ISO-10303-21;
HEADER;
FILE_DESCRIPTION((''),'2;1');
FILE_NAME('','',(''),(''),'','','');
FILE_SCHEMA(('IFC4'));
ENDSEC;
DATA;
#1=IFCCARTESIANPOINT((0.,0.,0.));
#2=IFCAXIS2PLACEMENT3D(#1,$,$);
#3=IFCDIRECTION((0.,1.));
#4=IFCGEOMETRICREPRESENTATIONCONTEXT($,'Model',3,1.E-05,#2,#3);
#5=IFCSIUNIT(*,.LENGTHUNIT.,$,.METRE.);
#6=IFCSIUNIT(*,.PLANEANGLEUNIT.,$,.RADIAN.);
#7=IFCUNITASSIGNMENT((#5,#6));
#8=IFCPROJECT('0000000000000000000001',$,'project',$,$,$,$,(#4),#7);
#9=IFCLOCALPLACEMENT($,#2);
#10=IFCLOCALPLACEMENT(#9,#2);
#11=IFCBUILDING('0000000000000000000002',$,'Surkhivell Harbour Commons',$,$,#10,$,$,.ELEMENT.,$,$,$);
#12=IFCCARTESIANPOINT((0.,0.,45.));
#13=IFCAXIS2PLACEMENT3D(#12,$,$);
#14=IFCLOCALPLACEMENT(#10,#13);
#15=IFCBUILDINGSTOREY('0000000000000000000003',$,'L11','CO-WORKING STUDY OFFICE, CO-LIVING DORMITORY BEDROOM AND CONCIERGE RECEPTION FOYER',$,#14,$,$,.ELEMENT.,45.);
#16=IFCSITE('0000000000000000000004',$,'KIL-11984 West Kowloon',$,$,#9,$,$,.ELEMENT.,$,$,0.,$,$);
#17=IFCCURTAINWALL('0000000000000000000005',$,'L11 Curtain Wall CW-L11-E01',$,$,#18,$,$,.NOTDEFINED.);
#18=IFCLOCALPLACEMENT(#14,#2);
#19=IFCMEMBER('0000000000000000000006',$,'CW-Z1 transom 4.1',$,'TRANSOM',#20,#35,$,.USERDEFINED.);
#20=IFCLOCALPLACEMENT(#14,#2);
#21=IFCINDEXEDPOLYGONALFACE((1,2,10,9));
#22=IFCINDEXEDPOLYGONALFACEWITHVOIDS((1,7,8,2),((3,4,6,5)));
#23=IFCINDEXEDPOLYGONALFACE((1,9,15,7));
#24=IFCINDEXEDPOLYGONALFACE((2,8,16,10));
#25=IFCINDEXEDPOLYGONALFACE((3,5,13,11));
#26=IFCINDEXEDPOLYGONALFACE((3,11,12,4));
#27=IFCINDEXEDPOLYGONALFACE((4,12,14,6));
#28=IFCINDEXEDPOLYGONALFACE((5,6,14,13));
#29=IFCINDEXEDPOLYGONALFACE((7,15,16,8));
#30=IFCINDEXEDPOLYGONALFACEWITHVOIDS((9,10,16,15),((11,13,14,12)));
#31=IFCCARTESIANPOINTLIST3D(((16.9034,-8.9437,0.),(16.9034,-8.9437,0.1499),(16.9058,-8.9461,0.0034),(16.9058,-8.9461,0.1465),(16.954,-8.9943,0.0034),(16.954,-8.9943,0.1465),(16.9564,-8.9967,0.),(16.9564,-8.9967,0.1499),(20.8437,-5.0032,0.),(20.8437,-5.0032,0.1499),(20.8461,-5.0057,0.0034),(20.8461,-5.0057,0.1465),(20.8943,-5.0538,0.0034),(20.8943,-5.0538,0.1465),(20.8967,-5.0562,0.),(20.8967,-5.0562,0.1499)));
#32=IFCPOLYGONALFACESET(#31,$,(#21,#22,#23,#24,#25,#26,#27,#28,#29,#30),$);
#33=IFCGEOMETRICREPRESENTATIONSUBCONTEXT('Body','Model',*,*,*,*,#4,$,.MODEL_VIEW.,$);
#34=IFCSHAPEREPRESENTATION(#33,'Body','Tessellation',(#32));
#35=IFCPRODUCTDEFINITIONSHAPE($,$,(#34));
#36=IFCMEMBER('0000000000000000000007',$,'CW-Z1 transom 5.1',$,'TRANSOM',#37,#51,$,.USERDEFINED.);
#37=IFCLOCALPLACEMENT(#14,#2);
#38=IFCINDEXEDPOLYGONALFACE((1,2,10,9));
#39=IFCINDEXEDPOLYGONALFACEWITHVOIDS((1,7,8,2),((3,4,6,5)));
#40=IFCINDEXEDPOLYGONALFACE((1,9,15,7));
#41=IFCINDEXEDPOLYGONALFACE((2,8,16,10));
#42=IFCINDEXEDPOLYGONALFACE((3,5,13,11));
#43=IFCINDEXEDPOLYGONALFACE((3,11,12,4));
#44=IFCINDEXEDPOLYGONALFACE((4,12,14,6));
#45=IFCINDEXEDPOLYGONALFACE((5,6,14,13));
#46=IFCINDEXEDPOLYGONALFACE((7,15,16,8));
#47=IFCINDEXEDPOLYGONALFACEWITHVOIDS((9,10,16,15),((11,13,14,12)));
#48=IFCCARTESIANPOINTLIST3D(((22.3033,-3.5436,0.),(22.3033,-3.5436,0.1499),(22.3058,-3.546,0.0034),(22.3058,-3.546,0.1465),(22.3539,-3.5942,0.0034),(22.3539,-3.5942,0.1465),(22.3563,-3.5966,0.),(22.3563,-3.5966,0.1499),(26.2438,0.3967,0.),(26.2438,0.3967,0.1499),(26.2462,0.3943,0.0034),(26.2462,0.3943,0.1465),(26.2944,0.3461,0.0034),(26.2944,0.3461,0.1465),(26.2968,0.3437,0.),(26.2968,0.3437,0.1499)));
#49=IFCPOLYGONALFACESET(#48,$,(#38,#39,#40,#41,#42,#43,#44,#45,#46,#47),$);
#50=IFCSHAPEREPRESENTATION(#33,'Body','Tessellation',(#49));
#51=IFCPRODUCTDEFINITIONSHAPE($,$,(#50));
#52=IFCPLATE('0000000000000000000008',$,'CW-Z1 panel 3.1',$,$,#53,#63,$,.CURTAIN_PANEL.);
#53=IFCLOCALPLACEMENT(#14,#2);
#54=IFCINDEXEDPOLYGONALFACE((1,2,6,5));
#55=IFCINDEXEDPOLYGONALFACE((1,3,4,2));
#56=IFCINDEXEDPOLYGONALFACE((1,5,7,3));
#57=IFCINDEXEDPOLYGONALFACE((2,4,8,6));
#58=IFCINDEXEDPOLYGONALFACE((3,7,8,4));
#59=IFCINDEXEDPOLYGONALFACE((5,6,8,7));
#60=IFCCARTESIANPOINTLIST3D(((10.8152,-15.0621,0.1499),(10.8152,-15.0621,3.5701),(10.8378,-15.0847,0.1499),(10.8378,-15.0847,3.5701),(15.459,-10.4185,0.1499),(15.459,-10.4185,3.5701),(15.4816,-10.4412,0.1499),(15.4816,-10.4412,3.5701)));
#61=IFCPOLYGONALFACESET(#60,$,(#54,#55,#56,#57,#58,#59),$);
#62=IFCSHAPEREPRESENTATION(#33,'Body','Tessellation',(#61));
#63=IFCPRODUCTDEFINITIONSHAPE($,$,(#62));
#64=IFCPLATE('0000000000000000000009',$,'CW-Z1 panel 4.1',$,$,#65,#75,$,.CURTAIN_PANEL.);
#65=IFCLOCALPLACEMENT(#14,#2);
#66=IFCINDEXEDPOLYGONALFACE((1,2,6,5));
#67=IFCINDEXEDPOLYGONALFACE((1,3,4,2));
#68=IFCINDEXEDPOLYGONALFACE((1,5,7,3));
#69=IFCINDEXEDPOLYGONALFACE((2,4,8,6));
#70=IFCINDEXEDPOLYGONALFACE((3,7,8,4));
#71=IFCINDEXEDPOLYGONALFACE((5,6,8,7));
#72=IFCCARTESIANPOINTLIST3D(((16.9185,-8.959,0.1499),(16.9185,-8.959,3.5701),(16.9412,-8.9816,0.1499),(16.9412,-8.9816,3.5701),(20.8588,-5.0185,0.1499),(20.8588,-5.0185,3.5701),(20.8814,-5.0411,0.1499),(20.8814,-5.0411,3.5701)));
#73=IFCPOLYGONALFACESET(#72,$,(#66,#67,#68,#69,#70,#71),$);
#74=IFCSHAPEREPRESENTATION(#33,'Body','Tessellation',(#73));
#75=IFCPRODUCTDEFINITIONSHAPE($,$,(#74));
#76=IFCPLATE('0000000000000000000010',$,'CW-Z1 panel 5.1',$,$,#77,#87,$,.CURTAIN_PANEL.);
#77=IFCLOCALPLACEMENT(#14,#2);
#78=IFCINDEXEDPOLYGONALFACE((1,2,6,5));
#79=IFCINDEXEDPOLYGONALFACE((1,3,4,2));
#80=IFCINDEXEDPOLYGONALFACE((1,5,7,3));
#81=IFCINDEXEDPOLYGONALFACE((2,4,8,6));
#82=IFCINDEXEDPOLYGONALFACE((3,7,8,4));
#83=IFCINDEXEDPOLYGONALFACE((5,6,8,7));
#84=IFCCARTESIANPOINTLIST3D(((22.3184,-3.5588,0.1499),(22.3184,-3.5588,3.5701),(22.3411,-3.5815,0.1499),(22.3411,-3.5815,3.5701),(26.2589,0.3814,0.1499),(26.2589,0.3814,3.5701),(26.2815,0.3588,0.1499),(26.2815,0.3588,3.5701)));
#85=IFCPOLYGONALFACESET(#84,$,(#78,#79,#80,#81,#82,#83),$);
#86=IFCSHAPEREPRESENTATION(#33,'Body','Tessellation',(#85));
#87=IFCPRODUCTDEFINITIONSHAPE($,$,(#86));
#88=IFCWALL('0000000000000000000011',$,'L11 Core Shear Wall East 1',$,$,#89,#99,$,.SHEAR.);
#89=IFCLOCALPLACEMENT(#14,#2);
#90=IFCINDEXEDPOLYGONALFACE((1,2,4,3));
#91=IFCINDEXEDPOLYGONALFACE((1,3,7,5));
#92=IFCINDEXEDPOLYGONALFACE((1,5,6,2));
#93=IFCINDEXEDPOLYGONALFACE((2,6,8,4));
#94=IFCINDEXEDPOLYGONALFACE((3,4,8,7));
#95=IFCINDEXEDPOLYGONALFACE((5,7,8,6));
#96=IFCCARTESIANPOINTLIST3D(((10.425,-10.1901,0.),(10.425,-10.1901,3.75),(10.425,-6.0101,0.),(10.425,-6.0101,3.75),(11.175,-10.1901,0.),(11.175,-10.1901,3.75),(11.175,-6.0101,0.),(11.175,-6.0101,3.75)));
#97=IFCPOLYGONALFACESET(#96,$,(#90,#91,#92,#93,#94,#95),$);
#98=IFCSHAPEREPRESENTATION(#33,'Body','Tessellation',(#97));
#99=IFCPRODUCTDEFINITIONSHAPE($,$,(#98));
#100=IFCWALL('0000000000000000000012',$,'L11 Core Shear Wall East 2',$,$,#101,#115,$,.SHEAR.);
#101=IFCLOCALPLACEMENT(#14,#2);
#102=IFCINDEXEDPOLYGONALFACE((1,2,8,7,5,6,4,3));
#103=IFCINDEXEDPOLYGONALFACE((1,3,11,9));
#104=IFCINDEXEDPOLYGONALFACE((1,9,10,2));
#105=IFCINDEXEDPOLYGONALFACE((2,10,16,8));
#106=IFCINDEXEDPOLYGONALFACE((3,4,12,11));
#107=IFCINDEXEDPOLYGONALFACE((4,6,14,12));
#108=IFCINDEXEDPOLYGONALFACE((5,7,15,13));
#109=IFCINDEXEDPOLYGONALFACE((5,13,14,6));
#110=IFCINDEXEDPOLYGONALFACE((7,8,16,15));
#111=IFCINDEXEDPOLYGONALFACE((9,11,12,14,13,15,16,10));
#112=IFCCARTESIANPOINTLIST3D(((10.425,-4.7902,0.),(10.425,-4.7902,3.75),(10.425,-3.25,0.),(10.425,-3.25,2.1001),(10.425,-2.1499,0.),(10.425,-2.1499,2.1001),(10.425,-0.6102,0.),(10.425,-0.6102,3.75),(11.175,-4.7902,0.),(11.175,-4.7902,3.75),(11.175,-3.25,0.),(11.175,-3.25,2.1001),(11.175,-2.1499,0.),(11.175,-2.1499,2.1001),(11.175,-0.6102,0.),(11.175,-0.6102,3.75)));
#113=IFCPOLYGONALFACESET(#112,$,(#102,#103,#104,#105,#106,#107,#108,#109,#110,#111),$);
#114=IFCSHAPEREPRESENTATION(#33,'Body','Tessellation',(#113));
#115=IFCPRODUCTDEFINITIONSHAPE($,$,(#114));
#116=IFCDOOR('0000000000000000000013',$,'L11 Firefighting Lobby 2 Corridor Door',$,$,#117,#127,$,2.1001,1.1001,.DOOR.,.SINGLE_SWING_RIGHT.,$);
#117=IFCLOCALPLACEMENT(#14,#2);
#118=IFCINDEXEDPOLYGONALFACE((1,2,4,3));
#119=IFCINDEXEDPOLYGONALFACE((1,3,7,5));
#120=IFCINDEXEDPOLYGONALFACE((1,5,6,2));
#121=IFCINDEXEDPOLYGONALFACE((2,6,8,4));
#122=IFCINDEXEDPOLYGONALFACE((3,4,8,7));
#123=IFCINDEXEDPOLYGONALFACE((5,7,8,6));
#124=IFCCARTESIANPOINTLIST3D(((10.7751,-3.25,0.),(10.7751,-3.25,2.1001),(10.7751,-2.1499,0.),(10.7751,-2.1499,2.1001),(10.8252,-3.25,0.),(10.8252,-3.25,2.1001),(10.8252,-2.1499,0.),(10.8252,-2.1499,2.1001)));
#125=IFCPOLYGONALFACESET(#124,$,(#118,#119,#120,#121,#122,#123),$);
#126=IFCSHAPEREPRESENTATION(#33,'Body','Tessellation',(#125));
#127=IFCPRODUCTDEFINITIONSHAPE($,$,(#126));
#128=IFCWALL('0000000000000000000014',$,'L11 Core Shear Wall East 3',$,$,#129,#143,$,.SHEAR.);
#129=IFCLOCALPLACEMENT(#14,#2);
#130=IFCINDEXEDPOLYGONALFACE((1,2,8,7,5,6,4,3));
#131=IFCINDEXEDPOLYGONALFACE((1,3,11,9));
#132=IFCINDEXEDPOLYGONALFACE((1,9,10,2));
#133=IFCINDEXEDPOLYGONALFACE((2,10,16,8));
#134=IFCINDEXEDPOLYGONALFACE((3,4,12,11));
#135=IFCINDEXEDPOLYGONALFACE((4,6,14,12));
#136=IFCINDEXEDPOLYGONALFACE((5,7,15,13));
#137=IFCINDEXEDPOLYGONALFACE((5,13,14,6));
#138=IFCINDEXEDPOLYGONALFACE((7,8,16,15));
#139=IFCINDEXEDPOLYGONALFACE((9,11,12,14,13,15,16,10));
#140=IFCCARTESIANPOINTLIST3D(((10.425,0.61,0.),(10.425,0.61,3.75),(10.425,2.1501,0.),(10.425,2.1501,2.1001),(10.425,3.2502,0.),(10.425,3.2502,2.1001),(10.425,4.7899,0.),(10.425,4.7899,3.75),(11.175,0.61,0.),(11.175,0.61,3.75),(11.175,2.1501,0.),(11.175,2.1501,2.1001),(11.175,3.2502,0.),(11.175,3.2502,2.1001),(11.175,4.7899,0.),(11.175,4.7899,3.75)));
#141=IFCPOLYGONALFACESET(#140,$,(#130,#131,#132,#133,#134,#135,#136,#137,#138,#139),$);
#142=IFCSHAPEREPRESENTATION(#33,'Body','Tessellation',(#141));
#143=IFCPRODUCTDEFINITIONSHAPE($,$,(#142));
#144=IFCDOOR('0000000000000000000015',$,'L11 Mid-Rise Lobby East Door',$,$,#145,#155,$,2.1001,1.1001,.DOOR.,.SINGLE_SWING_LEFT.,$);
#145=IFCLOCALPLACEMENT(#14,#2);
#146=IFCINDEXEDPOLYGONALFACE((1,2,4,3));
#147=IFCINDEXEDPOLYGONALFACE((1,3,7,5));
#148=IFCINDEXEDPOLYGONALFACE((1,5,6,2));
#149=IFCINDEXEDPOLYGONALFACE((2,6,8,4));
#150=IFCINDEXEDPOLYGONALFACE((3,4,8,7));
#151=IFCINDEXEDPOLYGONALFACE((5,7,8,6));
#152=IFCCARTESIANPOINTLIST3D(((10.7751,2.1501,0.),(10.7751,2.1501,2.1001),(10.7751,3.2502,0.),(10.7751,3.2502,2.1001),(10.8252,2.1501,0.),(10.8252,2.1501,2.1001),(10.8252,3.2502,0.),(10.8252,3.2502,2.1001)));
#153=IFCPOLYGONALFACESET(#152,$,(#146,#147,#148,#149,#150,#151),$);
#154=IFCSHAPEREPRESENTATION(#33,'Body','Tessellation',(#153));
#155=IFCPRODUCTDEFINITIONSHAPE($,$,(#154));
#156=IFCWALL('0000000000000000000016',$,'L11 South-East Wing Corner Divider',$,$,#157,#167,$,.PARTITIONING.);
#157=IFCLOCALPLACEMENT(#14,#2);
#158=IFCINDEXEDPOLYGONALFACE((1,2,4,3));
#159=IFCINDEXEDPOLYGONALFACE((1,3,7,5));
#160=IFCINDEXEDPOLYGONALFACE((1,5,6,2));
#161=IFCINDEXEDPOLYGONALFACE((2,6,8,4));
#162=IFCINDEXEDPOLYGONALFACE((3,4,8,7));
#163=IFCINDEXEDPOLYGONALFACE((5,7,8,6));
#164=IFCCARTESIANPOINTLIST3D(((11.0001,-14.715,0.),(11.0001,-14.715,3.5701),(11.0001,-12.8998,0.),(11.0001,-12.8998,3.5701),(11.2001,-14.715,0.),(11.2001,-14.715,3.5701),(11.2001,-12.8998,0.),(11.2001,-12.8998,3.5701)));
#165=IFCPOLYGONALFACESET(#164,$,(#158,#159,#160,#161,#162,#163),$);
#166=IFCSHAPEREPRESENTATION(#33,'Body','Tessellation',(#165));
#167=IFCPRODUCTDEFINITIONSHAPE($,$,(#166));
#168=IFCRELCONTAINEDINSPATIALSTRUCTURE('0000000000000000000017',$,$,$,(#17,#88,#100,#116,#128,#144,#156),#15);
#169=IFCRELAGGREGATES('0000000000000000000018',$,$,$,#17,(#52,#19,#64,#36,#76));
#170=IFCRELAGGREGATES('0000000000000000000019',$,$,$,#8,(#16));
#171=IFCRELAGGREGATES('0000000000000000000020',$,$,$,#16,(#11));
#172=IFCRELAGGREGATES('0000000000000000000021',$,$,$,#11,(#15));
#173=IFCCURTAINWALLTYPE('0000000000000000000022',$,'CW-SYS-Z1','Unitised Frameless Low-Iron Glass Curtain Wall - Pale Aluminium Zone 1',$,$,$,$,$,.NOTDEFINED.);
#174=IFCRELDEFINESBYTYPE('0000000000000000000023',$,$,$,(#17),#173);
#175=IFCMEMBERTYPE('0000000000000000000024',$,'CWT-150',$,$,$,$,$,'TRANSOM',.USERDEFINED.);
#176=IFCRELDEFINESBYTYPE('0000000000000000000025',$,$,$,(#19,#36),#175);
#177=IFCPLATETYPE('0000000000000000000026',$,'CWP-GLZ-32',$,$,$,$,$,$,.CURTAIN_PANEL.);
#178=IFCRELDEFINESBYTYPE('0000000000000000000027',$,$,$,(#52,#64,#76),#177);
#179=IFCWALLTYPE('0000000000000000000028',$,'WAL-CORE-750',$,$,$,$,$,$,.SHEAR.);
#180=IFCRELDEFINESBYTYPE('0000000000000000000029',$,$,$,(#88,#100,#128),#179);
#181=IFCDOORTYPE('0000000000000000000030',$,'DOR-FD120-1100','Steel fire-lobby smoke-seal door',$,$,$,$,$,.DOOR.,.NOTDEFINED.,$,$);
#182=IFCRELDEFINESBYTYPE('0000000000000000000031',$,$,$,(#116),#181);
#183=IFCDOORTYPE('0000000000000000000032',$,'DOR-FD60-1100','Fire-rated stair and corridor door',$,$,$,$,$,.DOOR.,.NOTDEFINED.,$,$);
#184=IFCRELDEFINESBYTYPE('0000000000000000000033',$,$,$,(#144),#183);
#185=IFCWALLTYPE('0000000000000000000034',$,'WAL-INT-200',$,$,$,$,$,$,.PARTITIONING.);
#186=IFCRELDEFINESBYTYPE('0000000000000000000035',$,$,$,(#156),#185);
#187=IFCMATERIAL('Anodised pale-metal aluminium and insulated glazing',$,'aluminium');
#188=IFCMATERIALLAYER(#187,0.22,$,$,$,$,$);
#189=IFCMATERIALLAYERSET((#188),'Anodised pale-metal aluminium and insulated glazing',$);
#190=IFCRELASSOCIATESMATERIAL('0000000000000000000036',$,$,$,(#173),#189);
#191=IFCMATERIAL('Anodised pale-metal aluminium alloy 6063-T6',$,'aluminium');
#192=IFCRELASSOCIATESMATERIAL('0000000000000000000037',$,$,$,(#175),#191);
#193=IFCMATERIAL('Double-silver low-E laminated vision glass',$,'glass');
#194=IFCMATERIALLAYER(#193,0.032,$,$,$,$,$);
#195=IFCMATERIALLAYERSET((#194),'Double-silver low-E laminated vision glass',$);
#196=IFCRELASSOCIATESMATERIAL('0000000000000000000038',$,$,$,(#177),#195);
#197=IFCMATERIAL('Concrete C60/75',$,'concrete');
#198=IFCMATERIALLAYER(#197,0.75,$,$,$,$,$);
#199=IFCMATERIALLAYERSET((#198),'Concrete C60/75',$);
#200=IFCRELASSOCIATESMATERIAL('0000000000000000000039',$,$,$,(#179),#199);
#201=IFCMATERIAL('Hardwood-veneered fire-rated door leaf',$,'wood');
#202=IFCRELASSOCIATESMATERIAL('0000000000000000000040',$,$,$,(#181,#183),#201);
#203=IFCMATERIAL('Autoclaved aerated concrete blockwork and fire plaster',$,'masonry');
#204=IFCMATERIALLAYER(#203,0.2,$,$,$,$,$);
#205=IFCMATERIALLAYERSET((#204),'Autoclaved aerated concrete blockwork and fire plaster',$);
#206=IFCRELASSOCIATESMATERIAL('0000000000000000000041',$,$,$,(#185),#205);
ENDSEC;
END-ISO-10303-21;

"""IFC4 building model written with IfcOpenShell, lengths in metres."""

from ifc_helpers import new_model, si_unit, direction, frame, frame_2d, origin, origin_2d, place, context, subcontext, project, spatial, rectangle, hollow_rectangle, extrude, material, layer, layer_set, material_profile, profile_set, type_object, element, fill, aggregate, save


model = new_model("IFC4")

# Units and contexts
model_context = context("Model", 3, precision=1e-05, world=origin(), true_north=direction((0.0, 1.0)))
body_context = subcontext(model_context, "Body", "Model", "MODEL_VIEW")
ifc_project = project(units=[si_unit("LENGTHUNIT", "METRE"), si_unit("PLANEANGLEUNIT", "RADIAN")], contexts=[model_context])

# Site, building, storey
site_placement = place(None, origin())
site = spatial("IfcSite", under=ifc_project, at=site_placement, Name="KIL-11984 West Kowloon", CompositionType="ELEMENT", RefElevation=0.0)
building_placement = place(site_placement, origin())
building = spatial("IfcBuilding", under=site, at=building_placement, Name="Surkhivell Harbour Commons", CompositionType="ELEMENT")
storey_placement = place(building_placement, frame((0.0, 0.0, 45.0)))
storey = spatial("IfcBuildingStorey", under=building, at=storey_placement, Name="L11", Description="CO-WORKING STUDY OFFICE, CO-LIVING DORMITORY BEDROOM AND CONCIERGE RECEPTION FOYER", CompositionType="ELEMENT", Elevation=45.0)

# Curtain wall, members, plates
ifc_material_1 = material(Name="Anodised pale-metal aluminium and insulated glazing", Category="aluminium")
ifc_layer_1 = layer(ifc_material_1, 0.22)
ifc_layer_set_1 = layer_set([ifc_layer_1], Name="Anodised pale-metal aluminium and insulated glazing")
curtain_wall_type = type_object("IfcCurtainWallType", Name="CW-SYS-Z1", Description="Unitised Frameless Low-Iron Glass Curtain Wall - Pale Aluminium Zone 1", PredefinedType="NOTDEFINED", material=ifc_layer_set_1)
curtain_wall_placement = place(storey_placement, origin())
curtain_wall = element("IfcCurtainWall", 1, at=curtain_wall_placement, inside=storey, type_object=curtain_wall_type, Name="L11 Curtain Wall CW-L11-E01", PredefinedType="NOTDEFINED")
ifc_material_2 = material(Name="Anodised pale-metal aluminium alloy 6063-T6", Category="aluminium")
ifc_material_profile_1 = material_profile(ifc_material_2, hollow_rectangle(XDim=0.075, YDim=0.1499, WallThickness=0.0034, at=origin_2d()), Name="ALU-TRAN-75x150")
ifc_profile_set_1 = profile_set([ifc_material_profile_1], Name="Anodised pale-metal aluminium alloy 6063-T6")
member_type_1 = type_object("IfcMemberType", Name="CWT-150", ElementType="TRANSOM", PredefinedType="USERDEFINED", material=ifc_profile_set_1)
member_1_placement = place(storey_placement, frame((16.9299, -8.9702, 0.075), z_axis=(0.707085, 0.707129, 0.0), x_axis=(-0.707129, 0.707085, 0.0)))
member_1 = element("IfcMember", 2, at=member_1_placement, type_object=member_type_1, Name="CW-Z1 transom 4.1", ObjectType="TRANSOM", PredefinedType="USERDEFINED", context=body_context, shape_type="SweptSolid", body=[
    extrude(hollow_rectangle(XDim=0.075, YDim=0.1499, WallThickness=0.0034, at=origin_2d()), origin(), (0.0, 0.0, 1.0), 5.5725),
])
member_2_placement = place(storey_placement, frame((22.3298, -3.5701, 0.075), z_axis=(0.707129, 0.707085, 0.0), x_axis=(-0.707085, 0.707129, 0.0)))
member_2 = element("IfcMember", 3, at=member_2_placement, type_object=member_type_1, Name="CW-Z1 transom 5.1", ObjectType="TRANSOM", PredefinedType="USERDEFINED", context=body_context, shape_type="SweptSolid", body=[
    extrude(hollow_rectangle(XDim=0.075, YDim=0.1499, WallThickness=0.0034, at=origin_2d()), origin(), (0.0, 0.0, 1.0), 5.5725),
])
ifc_material_3 = material(Name="Double-silver low-E laminated vision glass", Category="glass")
ifc_layer_2 = layer(ifc_material_3, 0.032)
ifc_layer_set_2 = layer_set([ifc_layer_2], Name="Double-silver low-E laminated vision glass")
plate_type = type_object("IfcPlateType", Name="CWP-GLZ-32", PredefinedType="CURTAIN_PANEL", material=ifc_layer_set_2)
plate_1_placement = place(storey_placement, frame((10.8264, -15.0735, 0.1499), z_axis=(0.0, 0.0, 1.0), x_axis=(0.707125, 0.707088, 0.0)))
plate_1 = element("IfcPlate", 4, at=plate_1_placement, type_object=plate_type, Name="CW-Z1 panel 3.1", PredefinedType="CURTAIN_PANEL", context=body_context, shape_type="SweptSolid", body=[
    extrude(rectangle(XDim=6.5671, YDim=0.032, at=frame_2d((3.2837, 0.0))), origin(), (0.0, 0.0, 1.0), 3.4202),
])
plate_2_placement = place(storey_placement, frame((16.9299, -8.9702, 0.1499), z_axis=(0.0, 0.0, 1.0), x_axis=(0.707085, 0.707129, 0.0)))
plate_2 = element("IfcPlate", 5, at=plate_2_placement, type_object=plate_type, Name="CW-Z1 panel 4.1", PredefinedType="CURTAIN_PANEL", context=body_context, shape_type="SweptSolid", body=[
    extrude(rectangle(XDim=5.5725, YDim=0.032, at=frame_2d((2.7861, 0.0))), origin(), (0.0, 0.0, 1.0), 3.4202),
])
plate_3_placement = place(storey_placement, frame((22.3298, -3.5701, 0.1499), z_axis=(0.0, 0.0, 1.0), x_axis=(0.707129, 0.707085, 0.0)))
plate_3 = element("IfcPlate", 6, at=plate_3_placement, type_object=plate_type, Name="CW-Z1 panel 5.1", PredefinedType="CURTAIN_PANEL", context=body_context, shape_type="SweptSolid", body=[
    extrude(rectangle(XDim=5.5725, YDim=0.032, at=frame_2d((2.7861, 0.0))), origin(), (0.0, 0.0, 1.0), 3.4202),
])
aggregate(curtain_wall, [plate_1, member_1, plate_2, member_2, plate_3])

# Wall
ifc_material_4 = material(Name="Concrete C60/75", Category="concrete")
ifc_layer_3 = layer(ifc_material_4, 0.75)
ifc_layer_set_3 = layer_set([ifc_layer_3], Name="Concrete C60/75")
wall_type_1 = type_object("IfcWallType", Name="WAL-CORE-750", PredefinedType="SHEAR", material=ifc_layer_set_3)
wall_1_placement = place(storey_placement, frame((10.8, -10.1899, 0.0), z_axis=(0.0, 0.0, 1.0), x_axis=(0.0, 1.0, 0.0)))
element("IfcWall", 7, at=wall_1_placement, inside=storey, type_object=wall_type_1, Name="L11 Core Shear Wall East 1", PredefinedType="SHEAR", context=body_context, shape_type="SweptSolid", body=[
    extrude(rectangle(XDim=4.1799, YDim=0.75, at=frame_2d((2.0898, 0.0))), origin(), (0.0, 0.0, 1.0), 3.75),
])

# Walls, openings, doors
wall_2_placement = place(storey_placement, frame((10.8, -4.79, 0.0), z_axis=(0.0, 0.0, 1.0), x_axis=(0.0, 1.0, 0.0)))
wall_2 = element("IfcWall", 8, at=wall_2_placement, inside=storey, type_object=wall_type_1, Name="L11 Core Shear Wall East 2", PredefinedType="SHEAR", context=body_context, shape_type="SweptSolid", body=[
    extrude(rectangle(XDim=4.1799, YDim=0.75, at=frame_2d((2.0898, 0.0))), origin(), (0.0, 0.0, 1.0), 3.75),
])
opening_1_placement = place(wall_2_placement, frame((1.54, 0.0, 0.0)))
opening_1 = element("IfcOpeningElement", 9, at=opening_1_placement, cuts=wall_2, PredefinedType="OPENING", context=body_context, shape_type="SweptSolid", body=[
    extrude(rectangle(XDim=1.1001, YDim=2.1001, at=frame_2d((0.55, 1.05))), frame((0.0, 0.385, 0.0), z_axis=(0.0, -1.0, 0.0), x_axis=(1.0, 0.0, 0.0)), (0.0, 0.0, 1.0), 0.77),
])
ifc_material_5 = material(Name="Hardwood-veneered fire-rated door leaf", Category="wood")
door_type_1 = type_object("IfcDoorType", Name="DOR-FD120-1100", Description="Steel fire-lobby smoke-seal door", OperationType="NOTDEFINED", PredefinedType="DOOR", material=ifc_material_5)
door_1_placement = place(opening_1_placement, origin())
door_1 = element("IfcDoor", 10, at=door_1_placement, inside=storey, type_object=door_type_1, Name="L11 Firefighting Lobby 2 Corridor Door", OperationType="SINGLE_SWING_RIGHT", OverallHeight=2.1001, OverallWidth=1.1001, PredefinedType="DOOR", context=body_context, shape_type="SweptSolid", body=[
    extrude(rectangle(XDim=1.1001, YDim=2.1001, at=frame_2d((0.55, 1.05))), frame((0.0, 0.0249, 0.0), z_axis=(0.0, -1.0, 0.0), x_axis=(1.0, 0.0, 0.0)), (0.0, 0.0, 1.0), 0.05),
])
fill(opening_1, door_1)
wall_3_placement = place(storey_placement, frame((10.8, 0.6101, 0.0), z_axis=(0.0, 0.0, 1.0), x_axis=(0.0, 1.0, 0.0)))
wall_3 = element("IfcWall", 11, at=wall_3_placement, inside=storey, type_object=wall_type_1, Name="L11 Core Shear Wall East 3", PredefinedType="SHEAR", context=body_context, shape_type="SweptSolid", body=[
    extrude(rectangle(XDim=4.1799, YDim=0.75, at=frame_2d((2.0898, 0.0))), origin(), (0.0, 0.0, 1.0), 3.75),
])
opening_2_placement = place(wall_3_placement, frame((1.54, 0.0, 0.0)))
opening_2 = element("IfcOpeningElement", 12, at=opening_2_placement, cuts=wall_3, PredefinedType="OPENING", context=body_context, shape_type="SweptSolid", body=[
    extrude(rectangle(XDim=1.1001, YDim=2.1001, at=frame_2d((0.55, 1.05))), frame((0.0, 0.385, 0.0), z_axis=(0.0, -1.0, 0.0), x_axis=(1.0, 0.0, 0.0)), (0.0, 0.0, 1.0), 0.77),
])
door_type_2 = type_object("IfcDoorType", Name="DOR-FD60-1100", Description="Fire-rated stair and corridor door", OperationType="NOTDEFINED", PredefinedType="DOOR", material=ifc_material_5)
door_2_placement = place(opening_2_placement, origin())
door_2 = element("IfcDoor", 13, at=door_2_placement, inside=storey, type_object=door_type_2, Name="L11 Mid-Rise Lobby East Door", OperationType="SINGLE_SWING_LEFT", OverallHeight=2.1001, OverallWidth=1.1001, PredefinedType="DOOR", context=body_context, shape_type="SweptSolid", body=[
    extrude(rectangle(XDim=1.1001, YDim=2.1001, at=frame_2d((0.55, 1.05))), frame((0.0, 0.0249, 0.0), z_axis=(0.0, -1.0, 0.0), x_axis=(1.0, 0.0, 0.0)), (0.0, 0.0, 1.0), 0.05),
])
fill(opening_2, door_2)

# Wall
ifc_material_6 = material(Name="Autoclaved aerated concrete blockwork and fire plaster", Category="masonry")
ifc_layer_4 = layer(ifc_material_6, 0.2)
ifc_layer_set_4 = layer_set([ifc_layer_4], Name="Autoclaved aerated concrete blockwork and fire plaster")
wall_type_2 = type_object("IfcWallType", Name="WAL-INT-200", PredefinedType="PARTITIONING", material=ifc_layer_set_4)
wall_4_placement = place(storey_placement, frame((11.1001, -14.7151, 0.0), z_axis=(0.0, 0.0, 1.0), x_axis=(0.0, 1.0, 0.0)))
element("IfcWall", 14, at=wall_4_placement, inside=storey, type_object=wall_type_2, Name="L11 South-East Wing Corner Divider", PredefinedType="PARTITIONING", context=body_context, shape_type="SweptSolid", body=[
    extrude(rectangle(XDim=1.8152, YDim=0.2, at=frame_2d((0.9077, 0.0))), origin(), (0.0, 0.0, 1.0), 3.5701),
])

save(model, "model.ifc")
